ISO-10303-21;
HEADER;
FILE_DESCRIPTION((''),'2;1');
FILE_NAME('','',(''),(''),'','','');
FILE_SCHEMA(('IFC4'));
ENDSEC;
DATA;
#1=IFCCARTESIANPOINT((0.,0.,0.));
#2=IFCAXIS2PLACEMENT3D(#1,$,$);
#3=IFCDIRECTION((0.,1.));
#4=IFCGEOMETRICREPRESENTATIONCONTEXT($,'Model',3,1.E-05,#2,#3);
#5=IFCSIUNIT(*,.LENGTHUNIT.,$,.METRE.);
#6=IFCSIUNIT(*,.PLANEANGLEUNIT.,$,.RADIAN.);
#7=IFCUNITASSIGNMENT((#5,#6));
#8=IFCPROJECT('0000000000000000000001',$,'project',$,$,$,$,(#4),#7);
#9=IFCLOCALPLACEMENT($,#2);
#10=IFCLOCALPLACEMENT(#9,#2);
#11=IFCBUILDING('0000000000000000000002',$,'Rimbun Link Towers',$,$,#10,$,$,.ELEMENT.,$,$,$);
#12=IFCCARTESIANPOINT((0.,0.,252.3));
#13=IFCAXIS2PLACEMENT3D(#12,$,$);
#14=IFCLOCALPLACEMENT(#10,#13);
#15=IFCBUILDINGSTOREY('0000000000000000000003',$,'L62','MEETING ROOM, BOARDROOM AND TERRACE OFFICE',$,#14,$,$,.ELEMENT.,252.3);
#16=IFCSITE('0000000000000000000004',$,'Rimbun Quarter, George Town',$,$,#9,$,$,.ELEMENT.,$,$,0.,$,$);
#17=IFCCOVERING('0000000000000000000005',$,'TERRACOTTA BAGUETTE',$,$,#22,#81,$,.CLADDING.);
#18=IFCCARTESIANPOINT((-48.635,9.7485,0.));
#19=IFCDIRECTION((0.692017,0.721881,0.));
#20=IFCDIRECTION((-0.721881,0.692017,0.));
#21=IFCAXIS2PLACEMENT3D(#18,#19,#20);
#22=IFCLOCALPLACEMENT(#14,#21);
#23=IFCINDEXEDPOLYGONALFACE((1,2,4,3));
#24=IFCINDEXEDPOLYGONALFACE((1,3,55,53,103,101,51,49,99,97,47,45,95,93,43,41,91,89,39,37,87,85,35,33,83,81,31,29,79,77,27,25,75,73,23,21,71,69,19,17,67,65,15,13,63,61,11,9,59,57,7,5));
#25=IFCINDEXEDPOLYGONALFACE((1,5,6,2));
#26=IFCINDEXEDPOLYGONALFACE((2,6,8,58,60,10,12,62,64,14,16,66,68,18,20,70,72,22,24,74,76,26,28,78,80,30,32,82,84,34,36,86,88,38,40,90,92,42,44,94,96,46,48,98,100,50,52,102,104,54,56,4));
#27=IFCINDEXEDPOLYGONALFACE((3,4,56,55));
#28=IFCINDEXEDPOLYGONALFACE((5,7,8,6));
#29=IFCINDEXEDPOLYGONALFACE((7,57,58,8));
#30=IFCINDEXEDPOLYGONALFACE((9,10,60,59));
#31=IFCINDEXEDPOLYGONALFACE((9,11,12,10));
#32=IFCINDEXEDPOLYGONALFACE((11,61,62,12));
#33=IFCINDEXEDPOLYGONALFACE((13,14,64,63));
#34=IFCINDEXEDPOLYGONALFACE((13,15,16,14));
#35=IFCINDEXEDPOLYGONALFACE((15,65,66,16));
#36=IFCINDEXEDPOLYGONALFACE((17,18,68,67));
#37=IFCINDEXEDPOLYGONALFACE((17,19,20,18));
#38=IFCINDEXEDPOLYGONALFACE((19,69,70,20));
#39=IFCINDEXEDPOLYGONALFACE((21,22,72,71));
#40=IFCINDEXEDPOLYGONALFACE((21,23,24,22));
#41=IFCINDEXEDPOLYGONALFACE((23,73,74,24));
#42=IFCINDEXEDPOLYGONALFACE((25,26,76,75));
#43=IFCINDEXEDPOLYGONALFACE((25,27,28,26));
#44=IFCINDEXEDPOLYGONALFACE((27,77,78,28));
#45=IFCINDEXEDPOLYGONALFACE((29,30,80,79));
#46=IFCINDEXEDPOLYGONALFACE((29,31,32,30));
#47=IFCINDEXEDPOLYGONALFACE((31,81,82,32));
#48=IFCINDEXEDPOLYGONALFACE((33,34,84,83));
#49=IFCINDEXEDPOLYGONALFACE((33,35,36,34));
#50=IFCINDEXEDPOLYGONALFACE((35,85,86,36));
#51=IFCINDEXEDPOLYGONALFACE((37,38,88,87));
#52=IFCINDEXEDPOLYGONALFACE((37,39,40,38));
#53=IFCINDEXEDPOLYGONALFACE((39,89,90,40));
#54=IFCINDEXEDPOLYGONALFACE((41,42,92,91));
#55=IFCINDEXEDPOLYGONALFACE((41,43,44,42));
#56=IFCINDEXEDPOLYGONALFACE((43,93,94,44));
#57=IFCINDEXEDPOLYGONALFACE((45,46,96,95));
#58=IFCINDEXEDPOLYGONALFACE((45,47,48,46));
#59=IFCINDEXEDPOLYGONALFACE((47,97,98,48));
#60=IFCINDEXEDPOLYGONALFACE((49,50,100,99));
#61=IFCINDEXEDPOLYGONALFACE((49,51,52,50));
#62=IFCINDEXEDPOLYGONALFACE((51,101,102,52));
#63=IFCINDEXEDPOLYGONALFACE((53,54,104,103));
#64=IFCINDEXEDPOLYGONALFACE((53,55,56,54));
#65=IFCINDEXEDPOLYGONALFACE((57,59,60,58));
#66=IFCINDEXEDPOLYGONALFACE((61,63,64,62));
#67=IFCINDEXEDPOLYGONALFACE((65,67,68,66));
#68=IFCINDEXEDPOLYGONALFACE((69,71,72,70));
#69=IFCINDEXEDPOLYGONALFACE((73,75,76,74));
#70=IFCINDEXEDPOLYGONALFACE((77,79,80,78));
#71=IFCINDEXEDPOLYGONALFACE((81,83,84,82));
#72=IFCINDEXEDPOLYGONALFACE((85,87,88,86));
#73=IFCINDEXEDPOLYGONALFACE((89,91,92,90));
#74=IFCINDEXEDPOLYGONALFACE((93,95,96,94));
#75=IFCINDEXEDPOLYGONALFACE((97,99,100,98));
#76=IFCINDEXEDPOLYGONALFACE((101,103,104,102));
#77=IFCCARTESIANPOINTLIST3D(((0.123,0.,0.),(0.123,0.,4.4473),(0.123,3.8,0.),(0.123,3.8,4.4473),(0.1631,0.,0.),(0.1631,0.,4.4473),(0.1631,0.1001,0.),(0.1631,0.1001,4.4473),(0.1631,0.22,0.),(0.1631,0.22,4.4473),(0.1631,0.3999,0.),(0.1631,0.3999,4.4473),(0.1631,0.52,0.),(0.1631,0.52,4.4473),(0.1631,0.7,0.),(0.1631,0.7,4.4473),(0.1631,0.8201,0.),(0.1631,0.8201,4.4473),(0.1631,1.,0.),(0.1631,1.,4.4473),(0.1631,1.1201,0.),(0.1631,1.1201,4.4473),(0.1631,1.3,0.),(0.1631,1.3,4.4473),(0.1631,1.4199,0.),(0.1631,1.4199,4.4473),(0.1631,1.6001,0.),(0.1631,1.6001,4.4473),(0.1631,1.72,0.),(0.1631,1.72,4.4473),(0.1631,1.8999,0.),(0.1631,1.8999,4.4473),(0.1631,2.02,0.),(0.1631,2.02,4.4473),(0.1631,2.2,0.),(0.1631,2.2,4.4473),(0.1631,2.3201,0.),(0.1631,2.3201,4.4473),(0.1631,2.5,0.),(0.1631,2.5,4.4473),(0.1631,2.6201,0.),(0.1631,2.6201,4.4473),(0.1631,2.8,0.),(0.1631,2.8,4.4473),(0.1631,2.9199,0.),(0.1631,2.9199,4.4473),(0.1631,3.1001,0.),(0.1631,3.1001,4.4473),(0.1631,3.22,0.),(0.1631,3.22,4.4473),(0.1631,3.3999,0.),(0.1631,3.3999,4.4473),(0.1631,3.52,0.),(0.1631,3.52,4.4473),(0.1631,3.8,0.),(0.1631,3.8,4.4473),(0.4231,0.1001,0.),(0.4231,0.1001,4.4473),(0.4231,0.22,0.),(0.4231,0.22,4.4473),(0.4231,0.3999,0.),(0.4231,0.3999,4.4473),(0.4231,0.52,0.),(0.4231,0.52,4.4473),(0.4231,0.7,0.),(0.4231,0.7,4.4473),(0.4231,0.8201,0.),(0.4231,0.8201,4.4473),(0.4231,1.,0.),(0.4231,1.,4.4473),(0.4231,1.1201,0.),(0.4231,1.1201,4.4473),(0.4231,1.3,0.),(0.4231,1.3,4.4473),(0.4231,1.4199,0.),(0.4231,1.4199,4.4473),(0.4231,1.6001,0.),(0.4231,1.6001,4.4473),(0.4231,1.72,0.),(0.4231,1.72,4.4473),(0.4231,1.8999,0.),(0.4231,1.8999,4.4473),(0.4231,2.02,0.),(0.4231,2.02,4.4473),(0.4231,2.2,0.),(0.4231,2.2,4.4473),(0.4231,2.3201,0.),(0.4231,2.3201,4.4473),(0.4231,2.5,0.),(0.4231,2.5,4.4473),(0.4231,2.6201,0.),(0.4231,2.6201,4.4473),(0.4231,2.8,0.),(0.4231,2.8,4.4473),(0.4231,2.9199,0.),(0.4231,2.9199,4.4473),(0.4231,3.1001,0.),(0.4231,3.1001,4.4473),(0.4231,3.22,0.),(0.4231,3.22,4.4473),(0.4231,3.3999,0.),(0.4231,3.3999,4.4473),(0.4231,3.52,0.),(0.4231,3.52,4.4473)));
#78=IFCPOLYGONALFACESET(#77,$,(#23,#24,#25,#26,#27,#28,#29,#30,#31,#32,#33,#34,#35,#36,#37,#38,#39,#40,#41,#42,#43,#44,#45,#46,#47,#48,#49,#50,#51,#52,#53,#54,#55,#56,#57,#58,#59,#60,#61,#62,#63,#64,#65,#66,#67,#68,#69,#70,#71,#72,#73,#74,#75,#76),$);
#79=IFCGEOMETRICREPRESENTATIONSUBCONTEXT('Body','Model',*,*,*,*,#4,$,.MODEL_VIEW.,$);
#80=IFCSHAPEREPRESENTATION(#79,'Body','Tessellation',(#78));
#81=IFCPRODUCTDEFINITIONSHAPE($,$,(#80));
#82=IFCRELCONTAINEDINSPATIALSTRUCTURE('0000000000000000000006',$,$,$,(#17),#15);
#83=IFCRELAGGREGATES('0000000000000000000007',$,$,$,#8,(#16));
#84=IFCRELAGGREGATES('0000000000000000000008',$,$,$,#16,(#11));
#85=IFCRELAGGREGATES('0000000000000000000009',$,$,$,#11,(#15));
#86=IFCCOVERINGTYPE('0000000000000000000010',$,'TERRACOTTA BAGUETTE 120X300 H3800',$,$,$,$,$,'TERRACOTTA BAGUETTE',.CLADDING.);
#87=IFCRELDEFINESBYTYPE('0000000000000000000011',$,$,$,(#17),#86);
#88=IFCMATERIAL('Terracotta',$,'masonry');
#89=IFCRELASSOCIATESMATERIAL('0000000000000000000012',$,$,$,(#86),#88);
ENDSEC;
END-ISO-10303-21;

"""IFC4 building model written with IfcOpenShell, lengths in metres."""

from ifc_helpers import new_model, si_unit, direction, frame, origin, place, context, subcontext, project, spatial, polyline, outline, extrude, material, material_profile, profile_set, type_object, element, save


model = new_model("IFC4")

# Units and contexts
model_context = context("Model", 3, precision=1e-05, world=origin(), true_north=direction((0.0, 1.0)))
body_context = subcontext(model_context, "Body", "Model", "MODEL_VIEW")
ifc_project = project(units=[si_unit("LENGTHUNIT", "METRE"), si_unit("PLANEANGLEUNIT", "RADIAN")], contexts=[model_context])

# Site, building, storey
site_placement = place(None, origin())
site = spatial("IfcSite", under=ifc_project, at=site_placement, Name="Rimbun Quarter, George Town", CompositionType="ELEMENT", RefElevation=0.0)
building_placement = place(site_placement, origin())
building = spatial("IfcBuilding", under=site, at=building_placement, Name="Rimbun Link Towers", CompositionType="ELEMENT")
storey_placement = place(building_placement, frame((0.0, 0.0, 252.3)))
storey = spatial("IfcBuildingStorey", under=building, at=storey_placement, Name="L62", Description="MEETING ROOM, BOARDROOM AND TERRACE OFFICE", CompositionType="ELEMENT", Elevation=252.3)

# Covering
ifc_material_1 = material(Name="Terracotta", Category="masonry")
ifc_material_profile_1 = material_profile(ifc_material_1, outline(polyline([(0.123, 0.0), (0.1631, 0.0), (0.1631, 0.1001), (0.4231, 0.1001), (0.4231, 0.22), (0.1631, 0.22), (0.1631, 0.3999), (0.4231, 0.3999), (0.4231, 0.52), (0.1631, 0.52), (0.1631, 0.7), (0.4231, 0.7), (0.4231, 0.8201), (0.1631, 0.8201), (0.1631, 1.0), (0.4231, 1.0), (0.4231, 1.1201), (0.1631, 1.1201), (0.1631, 1.3), (0.4231, 1.3), (0.4231, 1.4199), (0.1631, 1.4199), (0.1631, 1.6001), (0.4231, 1.6001), (0.4231, 1.72), (0.1631, 1.72), (0.1631, 1.8999), (0.4231, 1.8999), (0.4231, 2.02), (0.1631, 2.02), (0.1631, 2.2), (0.4231, 2.2), (0.4231, 2.3201), (0.1631, 2.3201), (0.1631, 2.5), (0.4231, 2.5), (0.4231, 2.6201), (0.1631, 2.6201), (0.1631, 2.8), (0.4231, 2.8), (0.4231, 2.9199), (0.1631, 2.9199), (0.1631, 3.1001), (0.4231, 3.1001), (0.4231, 3.22), (0.1631, 3.22), (0.1631, 3.3999), (0.4231, 3.3999), (0.4231, 3.52), (0.1631, 3.52), (0.1631, 3.8), (0.123, 3.8), (0.123, 0.0)])), Name="BAGUETTE 120X300")
ifc_profile_set_1 = profile_set([ifc_material_profile_1], Name="Terracotta")
covering_type = type_object("IfcCoveringType", Name="TERRACOTTA BAGUETTE 120X300 H3800", ElementType="TERRACOTTA BAGUETTE", PredefinedType="CLADDING", material=ifc_profile_set_1)
covering_1_placement = place(storey_placement, frame((-48.635, 9.7485, 0.0), z_axis=(0.692017, 0.721881, 0.0), x_axis=(-0.721881, 0.692017, 0.0)))
element("IfcCovering", 1, at=covering_1_placement, inside=storey, type_object=covering_type, Name="TERRACOTTA BAGUETTE", PredefinedType="CLADDING", context=body_context, shape_type="SweptSolid", body=[
    extrude(outline(polyline([(0.123, 0.0), (0.1631, 0.0), (0.1631, 0.1001), (0.4231, 0.1001), (0.4231, 0.22), (0.1631, 0.22), (0.1631, 0.3999), (0.4231, 0.3999), (0.4231, 0.52), (0.1631, 0.52), (0.1631, 0.7), (0.4231, 0.7), (0.4231, 0.8201), (0.1631, 0.8201), (0.1631, 1.0), (0.4231, 1.0), (0.4231, 1.1201), (0.1631, 1.1201), (0.1631, 1.3), (0.4231, 1.3), (0.4231, 1.4199), (0.1631, 1.4199), (0.1631, 1.6001), (0.4231, 1.6001), (0.4231, 1.72), (0.1631, 1.72), (0.1631, 1.8999), (0.4231, 1.8999), (0.4231, 2.02), (0.1631, 2.02), (0.1631, 2.2), (0.4231, 2.2), (0.4231, 2.3201), (0.1631, 2.3201), (0.1631, 2.5), (0.4231, 2.5), (0.4231, 2.6201), (0.1631, 2.6201), (0.1631, 2.8), (0.4231, 2.8), (0.4231, 2.9199), (0.1631, 2.9199), (0.1631, 3.1001), (0.4231, 3.1001), (0.4231, 3.22), (0.1631, 3.22), (0.1631, 3.3999), (0.4231, 3.3999), (0.4231, 3.52), (0.1631, 3.52), (0.1631, 3.8), (0.123, 3.8), (0.123, 0.0)])), origin(), (0.0, 0.0, 1.0), 4.4473),
])

save(model, "model.ifc")
